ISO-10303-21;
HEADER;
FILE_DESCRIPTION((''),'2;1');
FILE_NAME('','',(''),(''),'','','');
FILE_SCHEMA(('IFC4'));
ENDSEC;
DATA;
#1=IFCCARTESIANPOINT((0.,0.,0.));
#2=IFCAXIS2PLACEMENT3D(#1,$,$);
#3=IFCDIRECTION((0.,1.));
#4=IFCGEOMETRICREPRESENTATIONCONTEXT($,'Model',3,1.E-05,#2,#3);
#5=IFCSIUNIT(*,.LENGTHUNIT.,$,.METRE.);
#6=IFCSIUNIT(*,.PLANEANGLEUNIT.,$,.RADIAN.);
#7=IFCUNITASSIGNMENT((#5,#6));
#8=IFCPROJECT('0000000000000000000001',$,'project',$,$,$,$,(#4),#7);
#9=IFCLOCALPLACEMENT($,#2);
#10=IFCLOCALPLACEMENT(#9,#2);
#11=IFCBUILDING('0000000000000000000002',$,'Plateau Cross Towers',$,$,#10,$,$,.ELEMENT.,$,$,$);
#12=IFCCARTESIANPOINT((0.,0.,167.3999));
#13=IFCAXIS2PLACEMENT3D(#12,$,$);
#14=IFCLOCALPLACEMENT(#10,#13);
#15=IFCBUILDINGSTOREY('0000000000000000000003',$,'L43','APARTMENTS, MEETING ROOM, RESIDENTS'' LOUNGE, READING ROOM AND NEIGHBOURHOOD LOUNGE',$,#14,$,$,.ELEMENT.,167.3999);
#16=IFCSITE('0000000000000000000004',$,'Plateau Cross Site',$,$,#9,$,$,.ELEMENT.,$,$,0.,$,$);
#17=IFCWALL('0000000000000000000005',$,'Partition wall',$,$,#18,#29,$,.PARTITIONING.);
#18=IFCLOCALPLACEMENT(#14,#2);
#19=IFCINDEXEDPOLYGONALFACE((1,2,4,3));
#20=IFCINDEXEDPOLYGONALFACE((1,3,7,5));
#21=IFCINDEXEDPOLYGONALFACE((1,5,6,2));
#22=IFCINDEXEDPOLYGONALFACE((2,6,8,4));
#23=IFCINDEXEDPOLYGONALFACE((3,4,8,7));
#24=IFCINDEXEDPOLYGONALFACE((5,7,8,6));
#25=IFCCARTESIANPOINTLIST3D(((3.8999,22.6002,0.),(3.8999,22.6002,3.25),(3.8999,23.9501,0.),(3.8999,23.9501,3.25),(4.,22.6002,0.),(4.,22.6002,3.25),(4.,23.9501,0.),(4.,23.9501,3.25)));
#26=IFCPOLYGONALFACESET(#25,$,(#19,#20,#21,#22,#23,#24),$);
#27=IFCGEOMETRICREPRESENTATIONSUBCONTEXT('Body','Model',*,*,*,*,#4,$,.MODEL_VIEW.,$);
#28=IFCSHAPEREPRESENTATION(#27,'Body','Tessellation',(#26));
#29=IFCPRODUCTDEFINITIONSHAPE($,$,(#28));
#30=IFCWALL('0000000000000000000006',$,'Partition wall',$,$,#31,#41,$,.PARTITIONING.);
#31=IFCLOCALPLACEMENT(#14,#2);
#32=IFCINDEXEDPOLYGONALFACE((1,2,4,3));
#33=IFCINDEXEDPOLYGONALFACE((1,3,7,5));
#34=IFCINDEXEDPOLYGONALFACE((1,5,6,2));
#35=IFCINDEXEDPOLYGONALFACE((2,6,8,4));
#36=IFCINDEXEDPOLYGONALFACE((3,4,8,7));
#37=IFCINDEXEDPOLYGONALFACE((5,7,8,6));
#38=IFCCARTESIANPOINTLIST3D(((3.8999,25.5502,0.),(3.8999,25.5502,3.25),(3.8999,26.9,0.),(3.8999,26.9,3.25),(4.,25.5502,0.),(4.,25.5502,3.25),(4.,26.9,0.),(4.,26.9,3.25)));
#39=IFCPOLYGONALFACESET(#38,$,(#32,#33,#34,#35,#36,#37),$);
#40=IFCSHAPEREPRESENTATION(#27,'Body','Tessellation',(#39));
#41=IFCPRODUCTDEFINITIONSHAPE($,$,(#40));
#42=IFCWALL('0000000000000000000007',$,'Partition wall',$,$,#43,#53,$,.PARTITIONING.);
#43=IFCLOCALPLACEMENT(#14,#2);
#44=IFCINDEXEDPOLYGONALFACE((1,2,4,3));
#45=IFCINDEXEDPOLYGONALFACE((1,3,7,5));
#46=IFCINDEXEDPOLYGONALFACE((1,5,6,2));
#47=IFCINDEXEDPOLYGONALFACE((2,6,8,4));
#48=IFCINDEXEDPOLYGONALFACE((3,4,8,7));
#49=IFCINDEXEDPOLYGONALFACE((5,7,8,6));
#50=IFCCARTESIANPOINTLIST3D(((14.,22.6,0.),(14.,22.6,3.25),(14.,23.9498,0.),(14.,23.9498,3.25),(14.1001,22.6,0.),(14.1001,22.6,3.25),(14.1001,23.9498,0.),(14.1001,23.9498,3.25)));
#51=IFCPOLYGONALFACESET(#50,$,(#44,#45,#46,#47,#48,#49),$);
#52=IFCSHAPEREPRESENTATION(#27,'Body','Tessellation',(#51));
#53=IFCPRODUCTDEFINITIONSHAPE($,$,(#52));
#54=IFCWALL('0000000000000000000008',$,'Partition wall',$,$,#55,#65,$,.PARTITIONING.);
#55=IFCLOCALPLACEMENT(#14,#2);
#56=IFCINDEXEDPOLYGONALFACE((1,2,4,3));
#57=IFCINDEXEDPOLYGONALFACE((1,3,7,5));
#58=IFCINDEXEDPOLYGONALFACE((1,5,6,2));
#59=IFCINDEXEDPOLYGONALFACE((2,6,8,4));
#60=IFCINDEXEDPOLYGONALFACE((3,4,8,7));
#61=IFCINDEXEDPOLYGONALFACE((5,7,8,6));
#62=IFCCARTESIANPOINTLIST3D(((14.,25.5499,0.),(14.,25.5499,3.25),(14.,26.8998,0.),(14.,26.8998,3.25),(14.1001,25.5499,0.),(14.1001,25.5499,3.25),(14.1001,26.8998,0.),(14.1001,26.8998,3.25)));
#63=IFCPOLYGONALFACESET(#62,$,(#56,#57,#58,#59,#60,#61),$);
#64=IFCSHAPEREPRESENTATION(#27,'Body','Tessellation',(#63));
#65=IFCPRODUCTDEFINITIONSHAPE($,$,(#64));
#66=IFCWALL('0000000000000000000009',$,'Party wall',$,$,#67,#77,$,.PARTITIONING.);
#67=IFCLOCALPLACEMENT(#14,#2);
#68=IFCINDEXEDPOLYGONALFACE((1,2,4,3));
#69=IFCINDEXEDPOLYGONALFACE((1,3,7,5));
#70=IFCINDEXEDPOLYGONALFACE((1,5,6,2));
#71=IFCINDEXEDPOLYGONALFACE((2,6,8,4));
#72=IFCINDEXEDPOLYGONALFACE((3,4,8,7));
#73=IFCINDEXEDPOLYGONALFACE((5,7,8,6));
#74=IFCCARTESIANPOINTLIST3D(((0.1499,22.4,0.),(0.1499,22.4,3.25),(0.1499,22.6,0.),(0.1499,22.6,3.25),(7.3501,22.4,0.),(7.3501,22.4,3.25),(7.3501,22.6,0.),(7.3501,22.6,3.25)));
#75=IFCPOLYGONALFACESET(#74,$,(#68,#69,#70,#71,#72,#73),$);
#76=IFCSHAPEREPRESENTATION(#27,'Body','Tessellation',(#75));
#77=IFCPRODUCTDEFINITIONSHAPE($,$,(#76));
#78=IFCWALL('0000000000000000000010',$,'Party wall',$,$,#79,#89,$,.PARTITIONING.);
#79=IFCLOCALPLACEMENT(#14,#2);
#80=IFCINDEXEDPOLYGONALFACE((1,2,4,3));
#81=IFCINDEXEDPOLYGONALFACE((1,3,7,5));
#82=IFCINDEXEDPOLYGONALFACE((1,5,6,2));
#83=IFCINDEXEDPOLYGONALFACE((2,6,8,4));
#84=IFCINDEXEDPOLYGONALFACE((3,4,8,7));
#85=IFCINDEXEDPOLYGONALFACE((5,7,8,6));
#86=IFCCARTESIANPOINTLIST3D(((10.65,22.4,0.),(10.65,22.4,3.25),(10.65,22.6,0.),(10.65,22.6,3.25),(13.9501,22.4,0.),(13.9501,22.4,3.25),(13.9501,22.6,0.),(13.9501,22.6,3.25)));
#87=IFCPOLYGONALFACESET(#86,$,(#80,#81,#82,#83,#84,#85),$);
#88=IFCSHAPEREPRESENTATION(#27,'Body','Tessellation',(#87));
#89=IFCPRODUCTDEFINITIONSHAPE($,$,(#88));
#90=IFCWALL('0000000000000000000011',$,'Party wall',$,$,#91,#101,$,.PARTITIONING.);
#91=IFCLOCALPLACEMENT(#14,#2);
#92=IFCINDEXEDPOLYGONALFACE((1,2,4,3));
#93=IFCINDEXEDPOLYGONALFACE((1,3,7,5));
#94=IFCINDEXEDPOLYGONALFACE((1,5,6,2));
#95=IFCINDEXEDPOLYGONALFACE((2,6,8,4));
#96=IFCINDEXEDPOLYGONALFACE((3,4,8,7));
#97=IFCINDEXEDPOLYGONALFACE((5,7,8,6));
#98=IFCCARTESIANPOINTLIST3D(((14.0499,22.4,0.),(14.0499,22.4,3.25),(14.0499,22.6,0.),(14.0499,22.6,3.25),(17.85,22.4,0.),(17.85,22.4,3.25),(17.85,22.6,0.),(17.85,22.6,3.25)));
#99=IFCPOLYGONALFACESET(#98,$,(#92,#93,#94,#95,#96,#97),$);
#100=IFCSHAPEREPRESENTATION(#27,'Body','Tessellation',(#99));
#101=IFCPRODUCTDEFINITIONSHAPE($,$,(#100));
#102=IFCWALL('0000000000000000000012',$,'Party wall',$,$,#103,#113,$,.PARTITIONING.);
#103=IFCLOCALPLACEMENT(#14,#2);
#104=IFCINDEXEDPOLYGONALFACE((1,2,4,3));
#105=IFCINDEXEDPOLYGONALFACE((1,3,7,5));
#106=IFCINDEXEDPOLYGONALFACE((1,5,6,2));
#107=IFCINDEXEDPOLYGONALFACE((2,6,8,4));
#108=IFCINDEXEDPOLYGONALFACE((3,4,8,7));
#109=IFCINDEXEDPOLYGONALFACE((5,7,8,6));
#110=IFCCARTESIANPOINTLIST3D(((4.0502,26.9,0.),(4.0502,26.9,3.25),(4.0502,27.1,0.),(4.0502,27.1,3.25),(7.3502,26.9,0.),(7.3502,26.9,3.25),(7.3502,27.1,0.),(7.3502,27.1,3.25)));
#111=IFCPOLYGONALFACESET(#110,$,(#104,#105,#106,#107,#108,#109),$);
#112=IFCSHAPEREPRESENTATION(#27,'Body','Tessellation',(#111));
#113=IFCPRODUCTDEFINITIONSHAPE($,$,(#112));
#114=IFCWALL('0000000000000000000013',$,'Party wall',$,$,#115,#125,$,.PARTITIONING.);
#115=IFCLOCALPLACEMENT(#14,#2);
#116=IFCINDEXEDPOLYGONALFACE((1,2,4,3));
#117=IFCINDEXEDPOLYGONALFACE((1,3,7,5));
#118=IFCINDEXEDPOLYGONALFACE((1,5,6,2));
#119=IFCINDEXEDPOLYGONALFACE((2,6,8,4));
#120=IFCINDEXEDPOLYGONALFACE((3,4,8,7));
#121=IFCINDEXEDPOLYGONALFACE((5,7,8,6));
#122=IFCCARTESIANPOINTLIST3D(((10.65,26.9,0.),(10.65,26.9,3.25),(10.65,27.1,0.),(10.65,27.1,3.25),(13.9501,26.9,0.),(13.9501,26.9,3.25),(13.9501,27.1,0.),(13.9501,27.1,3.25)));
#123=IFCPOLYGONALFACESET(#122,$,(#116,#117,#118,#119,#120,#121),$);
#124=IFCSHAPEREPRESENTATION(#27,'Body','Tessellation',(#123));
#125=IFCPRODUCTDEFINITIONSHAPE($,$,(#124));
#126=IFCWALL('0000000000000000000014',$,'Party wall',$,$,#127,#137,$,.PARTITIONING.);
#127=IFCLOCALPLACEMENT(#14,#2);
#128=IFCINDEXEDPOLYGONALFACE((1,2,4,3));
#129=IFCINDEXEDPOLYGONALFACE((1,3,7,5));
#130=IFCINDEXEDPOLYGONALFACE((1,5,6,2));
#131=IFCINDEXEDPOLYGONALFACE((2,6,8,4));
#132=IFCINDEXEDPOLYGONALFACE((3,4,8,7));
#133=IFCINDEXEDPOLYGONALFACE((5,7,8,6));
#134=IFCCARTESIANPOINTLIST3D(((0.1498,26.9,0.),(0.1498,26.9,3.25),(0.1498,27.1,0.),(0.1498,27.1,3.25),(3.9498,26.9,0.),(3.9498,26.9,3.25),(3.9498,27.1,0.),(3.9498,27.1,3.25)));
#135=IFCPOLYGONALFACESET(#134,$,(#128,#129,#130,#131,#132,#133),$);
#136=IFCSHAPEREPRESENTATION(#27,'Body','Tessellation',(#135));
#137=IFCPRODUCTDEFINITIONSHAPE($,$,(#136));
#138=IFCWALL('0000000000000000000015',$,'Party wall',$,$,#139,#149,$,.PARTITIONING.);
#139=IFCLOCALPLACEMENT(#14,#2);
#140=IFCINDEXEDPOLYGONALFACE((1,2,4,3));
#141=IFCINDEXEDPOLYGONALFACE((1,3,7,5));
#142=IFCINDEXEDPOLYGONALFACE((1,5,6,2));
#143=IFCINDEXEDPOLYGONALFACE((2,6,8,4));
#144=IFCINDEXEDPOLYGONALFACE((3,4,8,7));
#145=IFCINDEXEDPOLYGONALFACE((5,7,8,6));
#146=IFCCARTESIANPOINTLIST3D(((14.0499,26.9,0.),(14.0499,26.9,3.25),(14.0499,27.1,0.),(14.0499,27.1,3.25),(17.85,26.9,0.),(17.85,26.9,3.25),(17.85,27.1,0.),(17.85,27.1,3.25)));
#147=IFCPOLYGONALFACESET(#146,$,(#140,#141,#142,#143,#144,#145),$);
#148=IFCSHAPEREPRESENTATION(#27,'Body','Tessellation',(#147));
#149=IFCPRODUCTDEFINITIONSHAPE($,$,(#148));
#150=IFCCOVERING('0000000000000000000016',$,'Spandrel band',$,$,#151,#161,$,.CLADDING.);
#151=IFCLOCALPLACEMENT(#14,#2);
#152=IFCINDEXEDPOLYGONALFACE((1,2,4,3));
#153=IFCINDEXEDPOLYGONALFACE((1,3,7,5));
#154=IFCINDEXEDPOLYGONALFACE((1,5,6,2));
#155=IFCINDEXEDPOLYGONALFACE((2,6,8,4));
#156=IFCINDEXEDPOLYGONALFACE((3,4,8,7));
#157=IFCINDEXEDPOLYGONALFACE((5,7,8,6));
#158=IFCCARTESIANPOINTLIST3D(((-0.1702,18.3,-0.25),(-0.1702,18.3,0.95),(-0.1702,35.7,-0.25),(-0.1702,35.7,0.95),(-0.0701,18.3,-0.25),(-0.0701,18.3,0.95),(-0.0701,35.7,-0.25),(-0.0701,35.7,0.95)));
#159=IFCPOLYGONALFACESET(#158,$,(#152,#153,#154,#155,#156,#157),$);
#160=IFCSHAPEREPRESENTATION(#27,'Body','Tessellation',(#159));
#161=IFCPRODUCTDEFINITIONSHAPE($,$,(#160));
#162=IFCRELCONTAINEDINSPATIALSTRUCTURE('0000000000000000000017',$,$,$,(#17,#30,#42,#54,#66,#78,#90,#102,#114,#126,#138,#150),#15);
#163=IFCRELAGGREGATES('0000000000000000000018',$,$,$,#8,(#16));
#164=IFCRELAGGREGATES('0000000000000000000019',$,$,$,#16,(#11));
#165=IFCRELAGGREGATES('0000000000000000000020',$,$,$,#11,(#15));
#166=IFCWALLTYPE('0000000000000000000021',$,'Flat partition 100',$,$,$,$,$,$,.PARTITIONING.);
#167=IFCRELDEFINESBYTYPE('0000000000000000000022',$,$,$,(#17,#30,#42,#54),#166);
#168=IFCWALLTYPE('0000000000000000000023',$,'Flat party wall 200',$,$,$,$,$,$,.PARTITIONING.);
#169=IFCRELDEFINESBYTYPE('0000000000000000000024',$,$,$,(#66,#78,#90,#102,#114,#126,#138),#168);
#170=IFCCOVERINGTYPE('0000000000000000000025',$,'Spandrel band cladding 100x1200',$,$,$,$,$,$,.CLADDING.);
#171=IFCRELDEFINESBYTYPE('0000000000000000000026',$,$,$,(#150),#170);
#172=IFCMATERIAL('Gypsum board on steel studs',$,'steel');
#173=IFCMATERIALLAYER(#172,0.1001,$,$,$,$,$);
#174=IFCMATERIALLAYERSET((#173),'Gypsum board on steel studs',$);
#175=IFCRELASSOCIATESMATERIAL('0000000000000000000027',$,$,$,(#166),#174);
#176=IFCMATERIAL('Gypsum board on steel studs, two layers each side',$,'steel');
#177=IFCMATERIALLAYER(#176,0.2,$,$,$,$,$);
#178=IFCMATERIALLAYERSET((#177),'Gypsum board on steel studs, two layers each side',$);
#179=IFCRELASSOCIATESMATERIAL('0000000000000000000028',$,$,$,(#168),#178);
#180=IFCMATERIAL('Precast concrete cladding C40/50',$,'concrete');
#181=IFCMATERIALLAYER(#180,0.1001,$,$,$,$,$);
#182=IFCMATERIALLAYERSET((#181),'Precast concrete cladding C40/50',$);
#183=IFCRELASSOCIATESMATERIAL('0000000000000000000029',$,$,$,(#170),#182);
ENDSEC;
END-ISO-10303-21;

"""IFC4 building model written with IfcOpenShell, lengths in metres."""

from ifc_helpers import new_model, si_unit, direction, frame, frame_2d, origin, origin_2d, place, context, subcontext, project, spatial, rectangle, extrude, material, layer, layer_set, type_object, element, save


model = new_model("IFC4")

# Units and contexts
model_context = context("Model", 3, precision=1e-05, world=origin(), true_north=direction((0.0, 1.0)))
body_context = subcontext(model_context, "Body", "Model", "MODEL_VIEW")
ifc_project = project(units=[si_unit("LENGTHUNIT", "METRE"), si_unit("PLANEANGLEUNIT", "RADIAN")], contexts=[model_context])

# Site, building, storey
site_placement = place(None, origin())
site = spatial("IfcSite", under=ifc_project, at=site_placement, Name="Plateau Cross Site", CompositionType="ELEMENT", RefElevation=0.0)
building_placement = place(site_placement, origin())
building = spatial("IfcBuilding", under=site, at=building_placement, Name="Plateau Cross Towers", CompositionType="ELEMENT")
storey_placement = place(building_placement, frame((0.0, 0.0, 167.3999)))
storey = spatial("IfcBuildingStorey", under=building, at=storey_placement, Name="L43", Description="APARTMENTS, MEETING ROOM, RESIDENTS' LOUNGE, READING ROOM AND NEIGHBOURHOOD LOUNGE", CompositionType="ELEMENT", Elevation=167.3999)

# Shared definitions
ifc_material_1 = material(Name="Gypsum board on steel studs", Category="steel")
ifc_layer_1 = layer(ifc_material_1, 0.1001)
ifc_layer_set_1 = layer_set([ifc_layer_1], Name="Gypsum board on steel studs")
wall_type_1 = type_object("IfcWallType", Name="Flat partition 100", PredefinedType="PARTITIONING", material=ifc_layer_set_1)

# Walls
for number, where, z_axis, x_axis, name in (
    (1, (3.95, 23.95, 0.0), (0.0, 0.0, 1.0), (0.0, -1.0, 0.0), "Partition wall"),
    (2, (3.95, 26.8999, 0.0), (0.0, 0.0, 1.0), (0.0, -1.0, 0.0), "Partition wall"),
    (3, (14.05, 22.6001, 0.0), (0.0, 0.0, 1.0), (0.0, 1.0, 0.0), "Partition wall"),
    (4, (14.05, 25.55, 0.0), (0.0, 0.0, 1.0), (0.0, 1.0, 0.0), "Partition wall"),
):
    element("IfcWall", number, at=place(storey_placement, frame(where, z_axis=z_axis, x_axis=x_axis)), inside=storey, type_object=wall_type_1, Name=name, PredefinedType="PARTITIONING", context=body_context, shape_type="SweptSolid", body=[
        extrude(rectangle(XDim=1.3499, YDim=0.1001, at=frame_2d((0.6748, 0.0))), origin(), (0.0, 0.0, 1.0), 3.25),
    ])
ifc_material_2 = material(Name="Gypsum board on steel studs, two layers each side", Category="steel")
ifc_layer_2 = layer(ifc_material_2, 0.2)
ifc_layer_set_2 = layer_set([ifc_layer_2], Name="Gypsum board on steel studs, two layers each side")
wall_type_2 = type_object("IfcWallType", Name="Flat party wall 200", PredefinedType="PARTITIONING", material=ifc_layer_set_2)
wall_1_placement = place(storey_placement, frame((7.3501, 22.5, 0.0), z_axis=(0.0, 0.0, 1.0), x_axis=(-1.0, 0.0, 0.0)))
element("IfcWall", 5, at=wall_1_placement, inside=storey, type_object=wall_type_2, Name="Party wall", PredefinedType="PARTITIONING", context=body_context, shape_type="SweptSolid", body=[
    extrude(rectangle(XDim=7.2002, YDim=0.2, at=frame_2d((3.6001, 0.0))), origin(), (0.0, 0.0, 1.0), 3.25),
])
wall_2_placement = place(storey_placement, frame((13.95, 22.5, 0.0), z_axis=(0.0, 0.0, 1.0), x_axis=(-1.0, 0.0, 0.0)))
element("IfcWall", 6, at=wall_2_placement, inside=storey, type_object=wall_type_2, Name="Party wall", PredefinedType="PARTITIONING", context=body_context, shape_type="SweptSolid", body=[
    extrude(rectangle(XDim=3.3, YDim=0.2, at=frame_2d((1.6499, 0.0))), origin(), (0.0, 0.0, 1.0), 3.25),
])
wall_3_placement = place(storey_placement, frame((14.05, 22.5, 0.0), z_axis=(0.0, 0.0, 1.0), x_axis=(1.0, 0.0, 0.0)))
element("IfcWall", 7, at=wall_3_placement, inside=storey, type_object=wall_type_2, Name="Party wall", PredefinedType="PARTITIONING", context=body_context, shape_type="SweptSolid", body=[
    extrude(rectangle(XDim=3.8, YDim=0.2, at=frame_2d((1.8999, 0.0))), origin(), (0.0, 0.0, 1.0), 3.25),
])
for number, where, z_axis, x_axis, name in (
    (8, (7.3501, 27.0, 0.0), (0.0, 0.0, 1.0), (-1.0, 0.0, 0.0), "Party wall"),
    (9, (13.95, 27.0, 0.0), (0.0, 0.0, 1.0), (-1.0, 0.0, 0.0), "Party wall"),
):
    element("IfcWall", number, at=place(storey_placement, frame(where, z_axis=z_axis, x_axis=x_axis)), inside=storey, type_object=wall_type_2, Name=name, PredefinedType="PARTITIONING", context=body_context, shape_type="SweptSolid", body=[
        extrude(rectangle(XDim=3.3, YDim=0.2, at=frame_2d((1.6499, 0.0))), origin(), (0.0, 0.0, 1.0), 3.25),
    ])
for number, where, z_axis, x_axis, name in (
    (10, (0.1499, 27.0, 0.0), (0.0, 0.0, 1.0), (1.0, 0.0, 0.0), "Party wall"),
    (11, (14.05, 27.0, 0.0), (0.0, 0.0, 1.0), (1.0, 0.0, 0.0), "Party wall"),
):
    element("IfcWall", number, at=place(storey_placement, frame(where, z_axis=z_axis, x_axis=x_axis)), inside=storey, type_object=wall_type_2, Name=name, PredefinedType="PARTITIONING", context=body_context, shape_type="SweptSolid", body=[
        extrude(rectangle(XDim=3.8, YDim=0.2, at=frame_2d((1.8999, 0.0))), origin(), (0.0, 0.0, 1.0), 3.25),
    ])

# Covering
ifc_material_3 = material(Name="Precast concrete cladding C40/50", Category="concrete")
ifc_layer_3 = layer(ifc_material_3, 0.1001)
ifc_layer_set_3 = layer_set([ifc_layer_3], Name="Precast concrete cladding C40/50")
covering_type = type_object("IfcCoveringType", Name="Spandrel band cladding 100x1200", PredefinedType="CLADDING", material=ifc_layer_set_3)
covering_placement = place(storey_placement, frame((-0.1201, 27.0, -0.25), z_axis=(0.0, 0.0, 1.0), x_axis=(0.0, -1.0, 0.0)))
element("IfcCovering", 12, at=covering_placement, inside=storey, type_object=covering_type, Name="Spandrel band", PredefinedType="CLADDING", context=body_context, shape_type="SweptSolid", body=[
    extrude(rectangle(XDim=17.3999, YDim=0.1001, at=origin_2d()), origin(), (0.0, 0.0, 1.0), 1.2),
])

save(model, "model.ifc")
